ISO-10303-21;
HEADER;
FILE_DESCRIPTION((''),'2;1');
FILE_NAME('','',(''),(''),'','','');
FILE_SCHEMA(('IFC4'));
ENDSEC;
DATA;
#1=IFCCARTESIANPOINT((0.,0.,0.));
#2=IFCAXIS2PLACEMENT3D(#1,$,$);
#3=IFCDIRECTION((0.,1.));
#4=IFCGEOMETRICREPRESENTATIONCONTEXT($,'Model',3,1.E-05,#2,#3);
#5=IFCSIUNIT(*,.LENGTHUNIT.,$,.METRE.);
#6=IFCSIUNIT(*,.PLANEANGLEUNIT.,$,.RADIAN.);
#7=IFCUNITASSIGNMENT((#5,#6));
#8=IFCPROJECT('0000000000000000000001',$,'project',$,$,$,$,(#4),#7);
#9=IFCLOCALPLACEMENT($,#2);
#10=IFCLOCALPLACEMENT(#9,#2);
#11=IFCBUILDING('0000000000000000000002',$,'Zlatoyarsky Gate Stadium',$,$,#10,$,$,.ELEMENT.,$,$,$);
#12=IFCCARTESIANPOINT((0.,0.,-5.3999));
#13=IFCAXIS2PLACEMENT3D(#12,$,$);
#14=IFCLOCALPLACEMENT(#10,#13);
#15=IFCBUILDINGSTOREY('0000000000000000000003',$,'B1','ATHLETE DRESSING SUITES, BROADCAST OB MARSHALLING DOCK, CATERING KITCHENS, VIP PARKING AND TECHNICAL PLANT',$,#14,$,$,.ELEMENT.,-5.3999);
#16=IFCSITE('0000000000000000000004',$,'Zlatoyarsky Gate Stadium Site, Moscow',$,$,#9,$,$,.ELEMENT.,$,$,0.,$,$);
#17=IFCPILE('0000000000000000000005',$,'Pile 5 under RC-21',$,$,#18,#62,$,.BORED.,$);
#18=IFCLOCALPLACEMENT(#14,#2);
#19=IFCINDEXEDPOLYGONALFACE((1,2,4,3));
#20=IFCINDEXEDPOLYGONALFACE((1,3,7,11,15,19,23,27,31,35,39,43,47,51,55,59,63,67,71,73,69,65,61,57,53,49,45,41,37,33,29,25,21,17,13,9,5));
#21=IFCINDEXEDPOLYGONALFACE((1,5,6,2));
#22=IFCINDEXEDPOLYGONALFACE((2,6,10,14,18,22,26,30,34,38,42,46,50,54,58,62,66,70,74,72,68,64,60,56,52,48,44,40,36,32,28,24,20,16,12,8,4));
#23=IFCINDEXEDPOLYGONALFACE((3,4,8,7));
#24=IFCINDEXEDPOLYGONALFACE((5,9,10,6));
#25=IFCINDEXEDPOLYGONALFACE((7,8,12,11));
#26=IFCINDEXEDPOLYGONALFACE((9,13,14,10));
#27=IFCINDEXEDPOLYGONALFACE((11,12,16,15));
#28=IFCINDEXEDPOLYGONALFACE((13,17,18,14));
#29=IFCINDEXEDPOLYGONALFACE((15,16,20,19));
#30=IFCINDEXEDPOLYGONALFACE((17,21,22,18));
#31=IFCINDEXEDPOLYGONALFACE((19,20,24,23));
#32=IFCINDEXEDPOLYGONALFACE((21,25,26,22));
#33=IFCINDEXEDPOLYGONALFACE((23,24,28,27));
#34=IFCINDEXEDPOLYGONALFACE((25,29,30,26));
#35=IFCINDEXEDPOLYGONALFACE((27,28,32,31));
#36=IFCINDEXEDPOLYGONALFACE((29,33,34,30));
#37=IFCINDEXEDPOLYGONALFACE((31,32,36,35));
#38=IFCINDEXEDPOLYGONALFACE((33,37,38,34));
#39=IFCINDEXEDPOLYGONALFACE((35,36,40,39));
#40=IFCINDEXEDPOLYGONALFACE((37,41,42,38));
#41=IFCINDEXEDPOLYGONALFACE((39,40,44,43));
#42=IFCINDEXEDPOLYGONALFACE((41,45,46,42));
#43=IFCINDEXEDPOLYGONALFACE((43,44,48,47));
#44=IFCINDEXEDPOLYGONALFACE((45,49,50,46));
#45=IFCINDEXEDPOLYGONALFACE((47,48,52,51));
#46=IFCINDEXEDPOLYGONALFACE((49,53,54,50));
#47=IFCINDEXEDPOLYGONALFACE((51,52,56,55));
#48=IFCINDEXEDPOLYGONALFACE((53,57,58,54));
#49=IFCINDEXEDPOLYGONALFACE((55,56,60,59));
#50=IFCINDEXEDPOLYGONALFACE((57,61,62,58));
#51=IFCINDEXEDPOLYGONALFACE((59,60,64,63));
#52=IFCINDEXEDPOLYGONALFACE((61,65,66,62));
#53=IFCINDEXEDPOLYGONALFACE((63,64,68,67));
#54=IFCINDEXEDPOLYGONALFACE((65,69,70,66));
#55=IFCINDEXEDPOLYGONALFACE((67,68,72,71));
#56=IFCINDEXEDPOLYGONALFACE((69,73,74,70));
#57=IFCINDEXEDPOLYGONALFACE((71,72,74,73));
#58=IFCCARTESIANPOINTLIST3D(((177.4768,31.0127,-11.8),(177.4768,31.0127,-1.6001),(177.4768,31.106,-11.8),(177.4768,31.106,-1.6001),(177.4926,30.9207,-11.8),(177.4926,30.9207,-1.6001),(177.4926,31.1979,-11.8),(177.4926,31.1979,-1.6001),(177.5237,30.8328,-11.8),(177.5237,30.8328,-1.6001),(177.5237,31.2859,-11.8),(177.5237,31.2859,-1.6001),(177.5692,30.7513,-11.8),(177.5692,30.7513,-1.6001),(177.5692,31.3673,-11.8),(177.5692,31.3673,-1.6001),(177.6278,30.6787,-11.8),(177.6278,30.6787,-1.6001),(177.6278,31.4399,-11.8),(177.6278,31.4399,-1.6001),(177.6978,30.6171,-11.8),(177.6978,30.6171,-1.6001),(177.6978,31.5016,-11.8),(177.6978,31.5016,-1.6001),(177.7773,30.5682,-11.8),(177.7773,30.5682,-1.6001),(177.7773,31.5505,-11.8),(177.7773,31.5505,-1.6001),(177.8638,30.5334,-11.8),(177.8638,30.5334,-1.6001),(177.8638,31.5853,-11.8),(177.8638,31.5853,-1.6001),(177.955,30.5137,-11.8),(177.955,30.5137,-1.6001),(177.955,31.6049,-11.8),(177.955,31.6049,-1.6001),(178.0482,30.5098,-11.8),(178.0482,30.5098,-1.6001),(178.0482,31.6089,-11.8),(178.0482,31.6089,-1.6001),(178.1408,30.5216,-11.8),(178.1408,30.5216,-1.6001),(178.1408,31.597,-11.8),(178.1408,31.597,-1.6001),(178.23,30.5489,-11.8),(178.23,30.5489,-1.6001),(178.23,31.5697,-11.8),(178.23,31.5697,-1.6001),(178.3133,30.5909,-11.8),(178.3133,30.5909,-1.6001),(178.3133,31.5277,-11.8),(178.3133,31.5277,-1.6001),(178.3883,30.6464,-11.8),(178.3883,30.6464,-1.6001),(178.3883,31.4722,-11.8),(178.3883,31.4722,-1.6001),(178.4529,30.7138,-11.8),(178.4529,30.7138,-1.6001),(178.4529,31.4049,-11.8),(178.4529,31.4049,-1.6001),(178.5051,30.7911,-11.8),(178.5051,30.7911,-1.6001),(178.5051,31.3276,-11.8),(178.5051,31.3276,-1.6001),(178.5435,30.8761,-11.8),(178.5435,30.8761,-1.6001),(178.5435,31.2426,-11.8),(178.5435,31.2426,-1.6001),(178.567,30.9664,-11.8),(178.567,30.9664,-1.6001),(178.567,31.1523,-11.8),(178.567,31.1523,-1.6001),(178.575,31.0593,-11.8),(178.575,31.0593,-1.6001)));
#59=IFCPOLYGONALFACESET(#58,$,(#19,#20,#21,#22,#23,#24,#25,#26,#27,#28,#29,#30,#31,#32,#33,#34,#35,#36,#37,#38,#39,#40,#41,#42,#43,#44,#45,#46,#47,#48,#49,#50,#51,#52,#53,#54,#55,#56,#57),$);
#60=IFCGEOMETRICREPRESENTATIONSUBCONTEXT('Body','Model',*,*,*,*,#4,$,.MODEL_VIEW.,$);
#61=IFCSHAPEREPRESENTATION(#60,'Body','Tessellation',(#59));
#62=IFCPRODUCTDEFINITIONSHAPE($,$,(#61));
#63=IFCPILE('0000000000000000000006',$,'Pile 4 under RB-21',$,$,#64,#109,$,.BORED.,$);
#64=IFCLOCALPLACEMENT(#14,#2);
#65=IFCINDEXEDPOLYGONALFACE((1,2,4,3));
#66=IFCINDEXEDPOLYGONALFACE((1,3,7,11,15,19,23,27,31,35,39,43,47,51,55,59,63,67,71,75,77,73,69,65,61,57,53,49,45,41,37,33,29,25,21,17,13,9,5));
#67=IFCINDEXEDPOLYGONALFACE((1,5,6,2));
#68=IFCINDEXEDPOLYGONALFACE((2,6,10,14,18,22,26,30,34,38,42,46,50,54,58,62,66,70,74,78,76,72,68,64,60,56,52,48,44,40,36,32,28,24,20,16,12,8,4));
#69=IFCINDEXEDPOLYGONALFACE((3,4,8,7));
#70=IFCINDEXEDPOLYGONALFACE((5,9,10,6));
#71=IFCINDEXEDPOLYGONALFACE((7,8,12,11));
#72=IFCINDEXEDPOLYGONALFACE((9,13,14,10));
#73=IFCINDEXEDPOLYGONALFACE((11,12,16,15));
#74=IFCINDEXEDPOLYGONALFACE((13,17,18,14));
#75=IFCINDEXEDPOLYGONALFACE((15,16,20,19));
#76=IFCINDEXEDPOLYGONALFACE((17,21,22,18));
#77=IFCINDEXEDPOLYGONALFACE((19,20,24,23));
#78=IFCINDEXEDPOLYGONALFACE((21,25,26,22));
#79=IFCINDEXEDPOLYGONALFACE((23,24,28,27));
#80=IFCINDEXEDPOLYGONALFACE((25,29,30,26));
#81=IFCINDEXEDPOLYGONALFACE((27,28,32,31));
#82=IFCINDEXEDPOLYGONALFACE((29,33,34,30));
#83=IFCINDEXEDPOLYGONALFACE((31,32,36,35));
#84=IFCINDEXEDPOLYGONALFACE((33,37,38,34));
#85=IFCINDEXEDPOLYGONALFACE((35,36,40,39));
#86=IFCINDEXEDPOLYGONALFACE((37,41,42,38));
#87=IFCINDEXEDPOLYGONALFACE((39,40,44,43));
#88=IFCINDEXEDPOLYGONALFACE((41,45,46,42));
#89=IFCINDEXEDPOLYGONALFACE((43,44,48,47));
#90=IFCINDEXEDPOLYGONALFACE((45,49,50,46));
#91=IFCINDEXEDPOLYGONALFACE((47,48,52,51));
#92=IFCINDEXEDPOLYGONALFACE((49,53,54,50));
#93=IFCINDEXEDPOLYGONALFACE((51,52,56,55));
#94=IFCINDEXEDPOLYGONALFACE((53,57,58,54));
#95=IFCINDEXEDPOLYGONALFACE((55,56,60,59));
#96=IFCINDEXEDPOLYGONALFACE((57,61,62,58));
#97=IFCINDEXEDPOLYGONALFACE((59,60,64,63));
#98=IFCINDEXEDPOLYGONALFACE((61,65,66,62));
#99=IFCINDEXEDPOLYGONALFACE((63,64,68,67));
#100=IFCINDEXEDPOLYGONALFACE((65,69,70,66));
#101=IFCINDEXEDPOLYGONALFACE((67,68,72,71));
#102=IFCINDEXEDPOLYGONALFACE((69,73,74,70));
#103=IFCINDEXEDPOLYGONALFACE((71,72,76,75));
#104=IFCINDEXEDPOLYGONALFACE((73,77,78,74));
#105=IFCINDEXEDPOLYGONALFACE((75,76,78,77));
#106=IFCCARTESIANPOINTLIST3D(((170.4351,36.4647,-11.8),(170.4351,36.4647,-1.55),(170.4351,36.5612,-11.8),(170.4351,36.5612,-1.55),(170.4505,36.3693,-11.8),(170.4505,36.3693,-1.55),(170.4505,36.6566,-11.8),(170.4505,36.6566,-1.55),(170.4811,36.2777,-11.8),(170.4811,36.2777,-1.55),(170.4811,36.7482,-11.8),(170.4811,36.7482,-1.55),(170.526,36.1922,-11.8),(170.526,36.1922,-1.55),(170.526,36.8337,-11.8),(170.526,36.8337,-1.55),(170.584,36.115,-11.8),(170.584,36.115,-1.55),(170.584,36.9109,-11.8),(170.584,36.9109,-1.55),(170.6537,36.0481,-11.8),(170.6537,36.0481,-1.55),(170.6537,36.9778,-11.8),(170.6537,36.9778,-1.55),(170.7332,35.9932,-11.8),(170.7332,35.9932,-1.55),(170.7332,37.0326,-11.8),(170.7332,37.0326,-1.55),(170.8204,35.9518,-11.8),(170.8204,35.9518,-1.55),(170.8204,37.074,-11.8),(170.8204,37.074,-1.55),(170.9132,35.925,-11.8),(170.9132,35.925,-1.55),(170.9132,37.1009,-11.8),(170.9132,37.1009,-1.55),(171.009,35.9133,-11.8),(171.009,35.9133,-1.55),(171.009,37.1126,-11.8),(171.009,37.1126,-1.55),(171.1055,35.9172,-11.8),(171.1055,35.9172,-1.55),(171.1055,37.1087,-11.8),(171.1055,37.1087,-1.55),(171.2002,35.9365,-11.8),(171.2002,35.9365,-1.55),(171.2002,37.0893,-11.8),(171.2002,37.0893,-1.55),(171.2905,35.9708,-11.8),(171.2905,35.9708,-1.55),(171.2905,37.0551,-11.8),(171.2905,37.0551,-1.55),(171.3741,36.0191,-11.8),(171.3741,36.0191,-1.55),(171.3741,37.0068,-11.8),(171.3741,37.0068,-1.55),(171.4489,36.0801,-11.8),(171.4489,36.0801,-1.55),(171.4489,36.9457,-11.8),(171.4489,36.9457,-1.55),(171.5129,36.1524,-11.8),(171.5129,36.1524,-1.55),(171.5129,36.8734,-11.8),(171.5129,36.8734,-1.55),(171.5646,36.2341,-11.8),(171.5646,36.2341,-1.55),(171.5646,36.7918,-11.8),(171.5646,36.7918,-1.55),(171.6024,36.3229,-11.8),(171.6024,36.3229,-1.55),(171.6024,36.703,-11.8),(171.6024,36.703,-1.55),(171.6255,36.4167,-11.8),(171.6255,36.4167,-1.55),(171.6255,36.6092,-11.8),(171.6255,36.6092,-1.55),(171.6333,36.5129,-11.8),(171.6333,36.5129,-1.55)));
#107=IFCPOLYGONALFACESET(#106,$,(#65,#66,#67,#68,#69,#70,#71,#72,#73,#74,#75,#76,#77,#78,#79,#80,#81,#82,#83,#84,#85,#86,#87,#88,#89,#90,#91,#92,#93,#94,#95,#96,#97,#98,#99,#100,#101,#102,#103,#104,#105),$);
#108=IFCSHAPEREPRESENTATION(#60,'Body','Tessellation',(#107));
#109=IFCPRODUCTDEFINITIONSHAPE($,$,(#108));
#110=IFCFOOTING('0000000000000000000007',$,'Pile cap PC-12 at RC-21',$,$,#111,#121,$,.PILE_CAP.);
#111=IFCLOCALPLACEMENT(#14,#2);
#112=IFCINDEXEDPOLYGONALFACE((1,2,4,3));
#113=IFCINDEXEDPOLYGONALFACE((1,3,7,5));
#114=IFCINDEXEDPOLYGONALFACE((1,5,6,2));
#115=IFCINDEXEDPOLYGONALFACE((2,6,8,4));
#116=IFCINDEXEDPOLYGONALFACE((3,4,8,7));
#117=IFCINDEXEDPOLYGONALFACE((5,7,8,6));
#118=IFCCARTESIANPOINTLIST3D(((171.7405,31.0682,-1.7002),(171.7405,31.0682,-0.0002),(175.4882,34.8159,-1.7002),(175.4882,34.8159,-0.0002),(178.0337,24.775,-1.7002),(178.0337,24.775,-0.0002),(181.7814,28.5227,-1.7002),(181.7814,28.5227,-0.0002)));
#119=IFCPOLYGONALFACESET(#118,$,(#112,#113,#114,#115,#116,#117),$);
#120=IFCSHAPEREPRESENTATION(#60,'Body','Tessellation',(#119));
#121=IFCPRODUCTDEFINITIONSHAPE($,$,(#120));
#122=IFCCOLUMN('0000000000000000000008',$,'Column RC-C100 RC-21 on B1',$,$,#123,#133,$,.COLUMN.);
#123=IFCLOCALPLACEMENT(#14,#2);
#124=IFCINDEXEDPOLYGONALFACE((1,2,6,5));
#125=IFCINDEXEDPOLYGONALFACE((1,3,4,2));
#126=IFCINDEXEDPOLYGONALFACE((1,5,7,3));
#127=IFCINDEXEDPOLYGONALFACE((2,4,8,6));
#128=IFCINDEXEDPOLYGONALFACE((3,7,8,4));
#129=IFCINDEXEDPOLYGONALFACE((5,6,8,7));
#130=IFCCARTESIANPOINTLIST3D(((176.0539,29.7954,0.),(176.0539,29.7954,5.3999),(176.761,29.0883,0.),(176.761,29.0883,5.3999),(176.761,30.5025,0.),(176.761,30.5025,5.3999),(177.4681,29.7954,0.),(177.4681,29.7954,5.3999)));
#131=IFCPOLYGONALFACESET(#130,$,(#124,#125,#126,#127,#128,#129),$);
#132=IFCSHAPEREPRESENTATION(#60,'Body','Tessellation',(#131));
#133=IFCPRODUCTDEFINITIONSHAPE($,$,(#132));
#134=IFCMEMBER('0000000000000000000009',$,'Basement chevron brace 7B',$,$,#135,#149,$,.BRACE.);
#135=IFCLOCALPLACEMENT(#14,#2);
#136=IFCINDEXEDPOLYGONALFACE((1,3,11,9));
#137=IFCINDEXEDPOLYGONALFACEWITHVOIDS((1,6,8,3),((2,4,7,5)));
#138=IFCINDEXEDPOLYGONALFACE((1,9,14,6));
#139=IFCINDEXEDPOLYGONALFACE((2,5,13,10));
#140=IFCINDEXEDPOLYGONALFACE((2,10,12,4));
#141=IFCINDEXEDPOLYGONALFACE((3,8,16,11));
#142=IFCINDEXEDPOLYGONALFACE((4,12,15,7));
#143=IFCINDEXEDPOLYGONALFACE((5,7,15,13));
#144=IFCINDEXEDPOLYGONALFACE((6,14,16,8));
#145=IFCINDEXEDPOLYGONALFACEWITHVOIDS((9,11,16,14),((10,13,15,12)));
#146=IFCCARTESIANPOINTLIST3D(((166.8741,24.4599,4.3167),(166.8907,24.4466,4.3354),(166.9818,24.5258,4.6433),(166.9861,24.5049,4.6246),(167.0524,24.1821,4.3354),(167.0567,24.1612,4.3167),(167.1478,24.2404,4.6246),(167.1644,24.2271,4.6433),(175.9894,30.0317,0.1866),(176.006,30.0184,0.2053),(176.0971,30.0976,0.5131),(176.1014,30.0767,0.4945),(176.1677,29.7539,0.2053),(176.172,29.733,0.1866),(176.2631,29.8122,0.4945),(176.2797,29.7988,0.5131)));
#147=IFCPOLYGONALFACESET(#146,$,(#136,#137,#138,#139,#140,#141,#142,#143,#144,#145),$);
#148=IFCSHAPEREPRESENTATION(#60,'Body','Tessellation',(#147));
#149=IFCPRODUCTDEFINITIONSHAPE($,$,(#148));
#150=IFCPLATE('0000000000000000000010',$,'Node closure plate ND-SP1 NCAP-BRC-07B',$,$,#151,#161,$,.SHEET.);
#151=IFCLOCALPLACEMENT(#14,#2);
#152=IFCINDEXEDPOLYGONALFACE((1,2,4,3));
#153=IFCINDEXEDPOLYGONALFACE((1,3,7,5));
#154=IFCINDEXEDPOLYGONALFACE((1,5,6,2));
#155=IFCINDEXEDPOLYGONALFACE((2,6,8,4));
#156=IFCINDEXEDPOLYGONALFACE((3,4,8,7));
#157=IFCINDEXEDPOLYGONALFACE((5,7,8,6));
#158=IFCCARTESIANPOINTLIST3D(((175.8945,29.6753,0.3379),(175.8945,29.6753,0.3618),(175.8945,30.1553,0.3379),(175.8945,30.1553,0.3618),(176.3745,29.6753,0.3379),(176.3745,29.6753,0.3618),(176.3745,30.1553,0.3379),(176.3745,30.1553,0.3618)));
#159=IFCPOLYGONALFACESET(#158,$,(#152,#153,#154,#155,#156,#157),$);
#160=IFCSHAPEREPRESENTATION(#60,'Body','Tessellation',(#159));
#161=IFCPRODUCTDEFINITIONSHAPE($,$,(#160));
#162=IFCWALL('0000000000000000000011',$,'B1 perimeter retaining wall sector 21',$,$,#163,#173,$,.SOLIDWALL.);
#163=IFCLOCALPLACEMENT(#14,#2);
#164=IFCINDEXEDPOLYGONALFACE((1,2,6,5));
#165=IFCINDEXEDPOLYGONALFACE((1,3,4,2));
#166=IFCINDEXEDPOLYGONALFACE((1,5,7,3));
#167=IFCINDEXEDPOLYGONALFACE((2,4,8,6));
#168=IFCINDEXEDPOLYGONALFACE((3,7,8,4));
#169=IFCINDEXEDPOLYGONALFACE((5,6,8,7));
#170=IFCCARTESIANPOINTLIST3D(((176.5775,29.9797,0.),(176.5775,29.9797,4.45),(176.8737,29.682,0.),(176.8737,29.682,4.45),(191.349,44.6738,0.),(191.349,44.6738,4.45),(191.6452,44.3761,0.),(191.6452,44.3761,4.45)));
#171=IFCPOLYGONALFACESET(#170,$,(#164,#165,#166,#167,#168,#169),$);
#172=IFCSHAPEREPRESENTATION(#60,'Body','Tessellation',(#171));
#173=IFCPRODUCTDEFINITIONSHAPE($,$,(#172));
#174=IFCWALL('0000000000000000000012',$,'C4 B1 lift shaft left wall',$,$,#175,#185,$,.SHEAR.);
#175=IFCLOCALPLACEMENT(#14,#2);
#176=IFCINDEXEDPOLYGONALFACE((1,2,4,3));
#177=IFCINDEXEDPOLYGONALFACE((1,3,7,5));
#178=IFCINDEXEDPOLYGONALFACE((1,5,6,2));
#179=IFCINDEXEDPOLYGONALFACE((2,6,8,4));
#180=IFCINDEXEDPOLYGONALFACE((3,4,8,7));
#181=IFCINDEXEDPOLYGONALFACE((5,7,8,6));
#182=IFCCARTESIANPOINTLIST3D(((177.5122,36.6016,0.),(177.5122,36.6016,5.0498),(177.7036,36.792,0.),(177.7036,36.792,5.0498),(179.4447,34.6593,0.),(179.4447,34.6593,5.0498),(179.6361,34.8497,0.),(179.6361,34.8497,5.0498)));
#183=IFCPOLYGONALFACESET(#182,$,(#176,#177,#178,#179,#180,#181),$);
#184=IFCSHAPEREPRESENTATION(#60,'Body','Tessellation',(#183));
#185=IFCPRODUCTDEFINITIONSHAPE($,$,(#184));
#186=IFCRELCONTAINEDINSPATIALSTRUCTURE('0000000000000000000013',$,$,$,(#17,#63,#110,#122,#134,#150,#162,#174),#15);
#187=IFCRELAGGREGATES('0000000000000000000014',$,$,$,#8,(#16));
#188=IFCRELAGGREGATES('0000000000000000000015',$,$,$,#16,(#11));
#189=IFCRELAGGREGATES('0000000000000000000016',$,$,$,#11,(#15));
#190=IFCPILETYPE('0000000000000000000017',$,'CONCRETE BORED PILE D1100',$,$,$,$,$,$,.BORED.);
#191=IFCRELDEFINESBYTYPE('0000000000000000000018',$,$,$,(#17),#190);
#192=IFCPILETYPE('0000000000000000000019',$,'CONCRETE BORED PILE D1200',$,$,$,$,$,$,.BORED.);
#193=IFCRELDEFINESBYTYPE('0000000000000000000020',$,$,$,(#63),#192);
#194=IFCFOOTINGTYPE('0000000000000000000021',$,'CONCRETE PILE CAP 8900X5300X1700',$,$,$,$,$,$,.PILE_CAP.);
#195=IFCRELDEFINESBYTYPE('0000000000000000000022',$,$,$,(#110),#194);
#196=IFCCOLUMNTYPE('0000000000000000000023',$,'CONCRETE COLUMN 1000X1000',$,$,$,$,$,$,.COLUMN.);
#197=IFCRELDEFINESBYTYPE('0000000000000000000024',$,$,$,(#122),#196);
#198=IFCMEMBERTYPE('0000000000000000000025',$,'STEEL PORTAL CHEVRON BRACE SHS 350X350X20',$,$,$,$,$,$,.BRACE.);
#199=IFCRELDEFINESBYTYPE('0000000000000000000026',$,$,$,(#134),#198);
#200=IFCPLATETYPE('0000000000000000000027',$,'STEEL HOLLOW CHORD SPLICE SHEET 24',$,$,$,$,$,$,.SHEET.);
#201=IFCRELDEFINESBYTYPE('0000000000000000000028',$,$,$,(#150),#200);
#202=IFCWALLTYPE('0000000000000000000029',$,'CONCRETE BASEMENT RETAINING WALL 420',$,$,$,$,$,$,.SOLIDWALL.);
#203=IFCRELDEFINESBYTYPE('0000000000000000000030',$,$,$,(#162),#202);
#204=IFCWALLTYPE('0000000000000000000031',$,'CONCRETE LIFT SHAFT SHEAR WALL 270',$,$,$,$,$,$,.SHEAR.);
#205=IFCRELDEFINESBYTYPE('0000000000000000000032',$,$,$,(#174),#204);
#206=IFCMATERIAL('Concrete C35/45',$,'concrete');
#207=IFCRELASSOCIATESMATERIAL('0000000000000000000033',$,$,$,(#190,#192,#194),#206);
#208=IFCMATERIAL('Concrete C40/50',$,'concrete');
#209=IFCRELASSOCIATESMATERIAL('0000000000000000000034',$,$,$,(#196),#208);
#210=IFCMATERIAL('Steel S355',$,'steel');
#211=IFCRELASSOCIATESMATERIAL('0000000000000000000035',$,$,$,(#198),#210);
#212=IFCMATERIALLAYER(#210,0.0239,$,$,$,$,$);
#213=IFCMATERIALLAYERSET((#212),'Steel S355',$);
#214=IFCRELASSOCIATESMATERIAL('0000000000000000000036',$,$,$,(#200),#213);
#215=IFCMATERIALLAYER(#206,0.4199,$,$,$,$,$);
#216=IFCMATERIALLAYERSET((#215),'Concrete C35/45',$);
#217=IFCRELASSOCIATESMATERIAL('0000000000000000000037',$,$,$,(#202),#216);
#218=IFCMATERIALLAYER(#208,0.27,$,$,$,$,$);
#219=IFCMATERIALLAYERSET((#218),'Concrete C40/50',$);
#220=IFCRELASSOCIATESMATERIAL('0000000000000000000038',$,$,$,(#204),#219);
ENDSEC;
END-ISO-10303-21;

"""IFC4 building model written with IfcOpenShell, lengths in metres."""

from ifc_helpers import new_model, si_unit, direction, frame, frame_2d, origin, origin_2d, place, context, subcontext, project, spatial, rectangle, hollow_rectangle, circle, extrude, material, layer, layer_set, material_profile, profile_set, type_object, element, save


model = new_model("IFC4")

# Units and contexts
model_context = context("Model", 3, precision=1e-05, world=origin(), true_north=direction((0.0, 1.0)))
body_context = subcontext(model_context, "Body", "Model", "MODEL_VIEW")
ifc_project = project(units=[si_unit("LENGTHUNIT", "METRE"), si_unit("PLANEANGLEUNIT", "RADIAN")], contexts=[model_context])

# Site, building, storey
site_placement = place(None, origin())
site = spatial("IfcSite", under=ifc_project, at=site_placement, Name="Zlatoyarsky Gate Stadium Site, Moscow", CompositionType="ELEMENT", RefElevation=0.0)
building_placement = place(site_placement, origin())
building = spatial("IfcBuilding", under=site, at=building_placement, Name="Zlatoyarsky Gate Stadium", CompositionType="ELEMENT")
storey_placement = place(building_placement, frame((0.0, 0.0, -5.3999)))
storey = spatial("IfcBuildingStorey", under=building, at=storey_placement, Name="B1", Description="ATHLETE DRESSING SUITES, BROADCAST OB MARSHALLING DOCK, CATERING KITCHENS, VIP PARKING AND TECHNICAL PLANT", CompositionType="ELEMENT", Elevation=-5.3999)

# Piles
ifc_material_1 = material(Name="Concrete C35/45", Category="concrete")
ifc_material_profile_1 = material_profile(ifc_material_1, circle(Radius=0.55, at=origin_2d()), Name="BORED PILE D1100")
ifc_profile_set_1 = profile_set([ifc_material_profile_1], Name="Concrete C35/45")
pile_type_1 = type_object("IfcPileType", Name="CONCRETE BORED PILE D1100", PredefinedType="BORED", material=ifc_profile_set_1)
for number, where, z_axis, x_axis, name in (
    (1, (178.0249, 31.0593, -1.6001), (0.0, 0.0, -1.0), (1.0, 0.0, 0.0), "Pile 5 under RC-21"),
):
    element("IfcPile", number, at=place(storey_placement, frame(where, z_axis=z_axis, x_axis=x_axis)), inside=storey, type_object=pile_type_1, Name=name, PredefinedType="BORED", context=body_context, shape_type="SweptSolid", body=[
        extrude(circle(Radius=0.55, at=origin_2d()), origin(), (0.0, 0.0, 1.0), 10.2),
    ])
ifc_material_profile_2 = material_profile(ifc_material_1, circle(Radius=0.6001, at=origin_2d()), Name="BORED PILE D1200")
ifc_profile_set_2 = profile_set([ifc_material_profile_2], Name="Concrete C35/45")
pile_type_2 = type_object("IfcPileType", Name="CONCRETE BORED PILE D1200", PredefinedType="BORED", material=ifc_profile_set_2)
pile_placement = place(storey_placement, frame((171.0332, 36.5129, -1.55), z_axis=(0.0, 0.0, -1.0), x_axis=(1.0, 0.0, 0.0)))
element("IfcPile", 2, at=pile_placement, inside=storey, type_object=pile_type_2, Name="Pile 4 under RB-21", PredefinedType="BORED", context=body_context, shape_type="SweptSolid", body=[
    extrude(circle(Radius=0.6001, at=origin_2d()), origin(), (0.0, 0.0, 1.0), 10.25),
])

# Footing
footing_type = type_object("IfcFootingType", Name="CONCRETE PILE CAP 8900X5300X1700", PredefinedType="PILE_CAP", material=ifc_material_1)
footing_placement = place(storey_placement, frame((176.761, 29.7954, -1.7002), z_axis=(0.0, 0.0, 1.0), x_axis=(0.707107, -0.707107, 0.0)))
element("IfcFooting", 3, at=footing_placement, inside=storey, type_object=footing_type, Name="Pile cap PC-12 at RC-21", PredefinedType="PILE_CAP", context=body_context, shape_type="SweptSolid", body=[
    extrude(rectangle(XDim=8.8999, YDim=5.3, at=origin_2d()), origin(), (0.0, 0.0, 1.0), 1.7),
])

# Column
ifc_material_2 = material(Name="Concrete C40/50", Category="concrete")
ifc_material_profile_3 = material_profile(ifc_material_2, rectangle(XDim=1.0, YDim=1.0, at=origin_2d()), Name="RC COL 1000X1000")
ifc_profile_set_3 = profile_set([ifc_material_profile_3], Name="Concrete C40/50")
column_type = type_object("IfcColumnType", Name="CONCRETE COLUMN 1000X1000", PredefinedType="COLUMN", material=ifc_profile_set_3)
column_placement = place(storey_placement, frame((176.761, 29.7954, 0.0), z_axis=(0.0, 0.0, 1.0), x_axis=(0.707107, -0.707107, 0.0)))
element("IfcColumn", 4, at=column_placement, inside=storey, type_object=column_type, Name="Column RC-C100 RC-21 on B1", PredefinedType="COLUMN", context=body_context, shape_type="SweptSolid", body=[
    extrude(rectangle(XDim=1.0, YDim=1.0, at=origin_2d()), origin(), (0.0, 0.0, 1.0), 5.3999),
])

# Member
ifc_material_3 = material(Name="Steel S355", Category="steel")
ifc_material_profile_4 = material_profile(ifc_material_3, hollow_rectangle(XDim=0.3501, YDim=0.3501, WallThickness=0.02, at=origin_2d()), Name="SHS 350X350X20")
ifc_profile_set_4 = profile_set([ifc_material_profile_4], Name="Steel S355")
member_type = type_object("IfcMemberType", Name="STEEL PORTAL CHEVRON BRACE SHS 350X350X20", PredefinedType="BRACE", material=ifc_profile_set_4)
member_placement = place(storey_placement, frame((176.1345, 29.9153, 0.3499), z_axis=(-0.795824, -0.486456, 0.360589), x_axis=(0.521542, -0.853225, 0.0)))
element("IfcMember", 5, at=member_placement, inside=storey, type_object=member_type, Name="Basement chevron brace 7B", PredefinedType="BRACE", context=body_context, shape_type="SweptSolid", body=[
    extrude(hollow_rectangle(XDim=0.3501, YDim=0.3501, WallThickness=0.02, at=origin_2d()), origin(), (0.0, 0.0, 1.0), 11.4539),
])

# Plate
ifc_layer_1 = layer(ifc_material_3, 0.0239)
ifc_layer_set_1 = layer_set([ifc_layer_1], Name="Steel S355")
plate_type = type_object("IfcPlateType", Name="STEEL HOLLOW CHORD SPLICE SHEET 24", PredefinedType="SHEET", material=ifc_layer_set_1)
plate_placement = place(storey_placement, frame((176.1345, 29.9153, 0.3379), z_axis=(0.0, 0.0, 1.0), x_axis=(1.0, 0.0, 0.0)))
element("IfcPlate", 6, at=plate_placement, inside=storey, type_object=plate_type, Name="Node closure plate ND-SP1 NCAP-BRC-07B", PredefinedType="SHEET", context=body_context, shape_type="SweptSolid", body=[
    extrude(rectangle(XDim=0.48, YDim=0.48, at=origin_2d()), origin(), (0.0, 0.0, 1.0), 0.0239),
])

# Walls
ifc_layer_2 = layer(ifc_material_1, 0.4199)
ifc_layer_set_2 = layer_set([ifc_layer_2], Name="Concrete C35/45")
wall_type_1 = type_object("IfcWallType", Name="CONCRETE BASEMENT RETAINING WALL 420", PredefinedType="SOLIDWALL", material=ifc_layer_set_2)
wall_1_placement = place(storey_placement, frame((176.7256, 29.8308, 0.0), z_axis=(0.0, 0.0, 1.0), x_axis=(0.708962, 0.705247, 0.0)))
element("IfcWall", 7, at=wall_1_placement, inside=storey, type_object=wall_type_1, Name="B1 perimeter retaining wall sector 21", PredefinedType="SOLIDWALL", context=body_context, shape_type="SweptSolid", body=[
    extrude(rectangle(XDim=20.8354, YDim=0.4199, at=frame_2d((10.4177, 0.0))), origin(), (0.0, 0.0, 1.0), 4.45),
])
ifc_layer_3 = layer(ifc_material_2, 0.27)
ifc_layer_set_3 = layer_set([ifc_layer_3], Name="Concrete C40/50")
wall_type_2 = type_object("IfcWallType", Name="CONCRETE LIFT SHAFT SHEAR WALL 270", PredefinedType="SHEAR", material=ifc_layer_set_3)
wall_2_placement = place(storey_placement, frame((179.5405, 34.7544, 0.0), z_axis=(0.0, 0.0, 1.0), x_axis=(-0.705323, 0.708887, 0.0)))
element("IfcWall", 8, at=wall_2_placement, inside=storey, type_object=wall_type_2, Name="C4 B1 lift shaft left wall", PredefinedType="SHEAR", context=body_context, shape_type="SweptSolid", body=[
    extrude(rectangle(XDim=2.74, YDim=0.27, at=frame_2d((1.3701, 0.0))), origin(), (0.0, 0.0, 1.0), 5.0498),
])

save(model, "model.ifc")
